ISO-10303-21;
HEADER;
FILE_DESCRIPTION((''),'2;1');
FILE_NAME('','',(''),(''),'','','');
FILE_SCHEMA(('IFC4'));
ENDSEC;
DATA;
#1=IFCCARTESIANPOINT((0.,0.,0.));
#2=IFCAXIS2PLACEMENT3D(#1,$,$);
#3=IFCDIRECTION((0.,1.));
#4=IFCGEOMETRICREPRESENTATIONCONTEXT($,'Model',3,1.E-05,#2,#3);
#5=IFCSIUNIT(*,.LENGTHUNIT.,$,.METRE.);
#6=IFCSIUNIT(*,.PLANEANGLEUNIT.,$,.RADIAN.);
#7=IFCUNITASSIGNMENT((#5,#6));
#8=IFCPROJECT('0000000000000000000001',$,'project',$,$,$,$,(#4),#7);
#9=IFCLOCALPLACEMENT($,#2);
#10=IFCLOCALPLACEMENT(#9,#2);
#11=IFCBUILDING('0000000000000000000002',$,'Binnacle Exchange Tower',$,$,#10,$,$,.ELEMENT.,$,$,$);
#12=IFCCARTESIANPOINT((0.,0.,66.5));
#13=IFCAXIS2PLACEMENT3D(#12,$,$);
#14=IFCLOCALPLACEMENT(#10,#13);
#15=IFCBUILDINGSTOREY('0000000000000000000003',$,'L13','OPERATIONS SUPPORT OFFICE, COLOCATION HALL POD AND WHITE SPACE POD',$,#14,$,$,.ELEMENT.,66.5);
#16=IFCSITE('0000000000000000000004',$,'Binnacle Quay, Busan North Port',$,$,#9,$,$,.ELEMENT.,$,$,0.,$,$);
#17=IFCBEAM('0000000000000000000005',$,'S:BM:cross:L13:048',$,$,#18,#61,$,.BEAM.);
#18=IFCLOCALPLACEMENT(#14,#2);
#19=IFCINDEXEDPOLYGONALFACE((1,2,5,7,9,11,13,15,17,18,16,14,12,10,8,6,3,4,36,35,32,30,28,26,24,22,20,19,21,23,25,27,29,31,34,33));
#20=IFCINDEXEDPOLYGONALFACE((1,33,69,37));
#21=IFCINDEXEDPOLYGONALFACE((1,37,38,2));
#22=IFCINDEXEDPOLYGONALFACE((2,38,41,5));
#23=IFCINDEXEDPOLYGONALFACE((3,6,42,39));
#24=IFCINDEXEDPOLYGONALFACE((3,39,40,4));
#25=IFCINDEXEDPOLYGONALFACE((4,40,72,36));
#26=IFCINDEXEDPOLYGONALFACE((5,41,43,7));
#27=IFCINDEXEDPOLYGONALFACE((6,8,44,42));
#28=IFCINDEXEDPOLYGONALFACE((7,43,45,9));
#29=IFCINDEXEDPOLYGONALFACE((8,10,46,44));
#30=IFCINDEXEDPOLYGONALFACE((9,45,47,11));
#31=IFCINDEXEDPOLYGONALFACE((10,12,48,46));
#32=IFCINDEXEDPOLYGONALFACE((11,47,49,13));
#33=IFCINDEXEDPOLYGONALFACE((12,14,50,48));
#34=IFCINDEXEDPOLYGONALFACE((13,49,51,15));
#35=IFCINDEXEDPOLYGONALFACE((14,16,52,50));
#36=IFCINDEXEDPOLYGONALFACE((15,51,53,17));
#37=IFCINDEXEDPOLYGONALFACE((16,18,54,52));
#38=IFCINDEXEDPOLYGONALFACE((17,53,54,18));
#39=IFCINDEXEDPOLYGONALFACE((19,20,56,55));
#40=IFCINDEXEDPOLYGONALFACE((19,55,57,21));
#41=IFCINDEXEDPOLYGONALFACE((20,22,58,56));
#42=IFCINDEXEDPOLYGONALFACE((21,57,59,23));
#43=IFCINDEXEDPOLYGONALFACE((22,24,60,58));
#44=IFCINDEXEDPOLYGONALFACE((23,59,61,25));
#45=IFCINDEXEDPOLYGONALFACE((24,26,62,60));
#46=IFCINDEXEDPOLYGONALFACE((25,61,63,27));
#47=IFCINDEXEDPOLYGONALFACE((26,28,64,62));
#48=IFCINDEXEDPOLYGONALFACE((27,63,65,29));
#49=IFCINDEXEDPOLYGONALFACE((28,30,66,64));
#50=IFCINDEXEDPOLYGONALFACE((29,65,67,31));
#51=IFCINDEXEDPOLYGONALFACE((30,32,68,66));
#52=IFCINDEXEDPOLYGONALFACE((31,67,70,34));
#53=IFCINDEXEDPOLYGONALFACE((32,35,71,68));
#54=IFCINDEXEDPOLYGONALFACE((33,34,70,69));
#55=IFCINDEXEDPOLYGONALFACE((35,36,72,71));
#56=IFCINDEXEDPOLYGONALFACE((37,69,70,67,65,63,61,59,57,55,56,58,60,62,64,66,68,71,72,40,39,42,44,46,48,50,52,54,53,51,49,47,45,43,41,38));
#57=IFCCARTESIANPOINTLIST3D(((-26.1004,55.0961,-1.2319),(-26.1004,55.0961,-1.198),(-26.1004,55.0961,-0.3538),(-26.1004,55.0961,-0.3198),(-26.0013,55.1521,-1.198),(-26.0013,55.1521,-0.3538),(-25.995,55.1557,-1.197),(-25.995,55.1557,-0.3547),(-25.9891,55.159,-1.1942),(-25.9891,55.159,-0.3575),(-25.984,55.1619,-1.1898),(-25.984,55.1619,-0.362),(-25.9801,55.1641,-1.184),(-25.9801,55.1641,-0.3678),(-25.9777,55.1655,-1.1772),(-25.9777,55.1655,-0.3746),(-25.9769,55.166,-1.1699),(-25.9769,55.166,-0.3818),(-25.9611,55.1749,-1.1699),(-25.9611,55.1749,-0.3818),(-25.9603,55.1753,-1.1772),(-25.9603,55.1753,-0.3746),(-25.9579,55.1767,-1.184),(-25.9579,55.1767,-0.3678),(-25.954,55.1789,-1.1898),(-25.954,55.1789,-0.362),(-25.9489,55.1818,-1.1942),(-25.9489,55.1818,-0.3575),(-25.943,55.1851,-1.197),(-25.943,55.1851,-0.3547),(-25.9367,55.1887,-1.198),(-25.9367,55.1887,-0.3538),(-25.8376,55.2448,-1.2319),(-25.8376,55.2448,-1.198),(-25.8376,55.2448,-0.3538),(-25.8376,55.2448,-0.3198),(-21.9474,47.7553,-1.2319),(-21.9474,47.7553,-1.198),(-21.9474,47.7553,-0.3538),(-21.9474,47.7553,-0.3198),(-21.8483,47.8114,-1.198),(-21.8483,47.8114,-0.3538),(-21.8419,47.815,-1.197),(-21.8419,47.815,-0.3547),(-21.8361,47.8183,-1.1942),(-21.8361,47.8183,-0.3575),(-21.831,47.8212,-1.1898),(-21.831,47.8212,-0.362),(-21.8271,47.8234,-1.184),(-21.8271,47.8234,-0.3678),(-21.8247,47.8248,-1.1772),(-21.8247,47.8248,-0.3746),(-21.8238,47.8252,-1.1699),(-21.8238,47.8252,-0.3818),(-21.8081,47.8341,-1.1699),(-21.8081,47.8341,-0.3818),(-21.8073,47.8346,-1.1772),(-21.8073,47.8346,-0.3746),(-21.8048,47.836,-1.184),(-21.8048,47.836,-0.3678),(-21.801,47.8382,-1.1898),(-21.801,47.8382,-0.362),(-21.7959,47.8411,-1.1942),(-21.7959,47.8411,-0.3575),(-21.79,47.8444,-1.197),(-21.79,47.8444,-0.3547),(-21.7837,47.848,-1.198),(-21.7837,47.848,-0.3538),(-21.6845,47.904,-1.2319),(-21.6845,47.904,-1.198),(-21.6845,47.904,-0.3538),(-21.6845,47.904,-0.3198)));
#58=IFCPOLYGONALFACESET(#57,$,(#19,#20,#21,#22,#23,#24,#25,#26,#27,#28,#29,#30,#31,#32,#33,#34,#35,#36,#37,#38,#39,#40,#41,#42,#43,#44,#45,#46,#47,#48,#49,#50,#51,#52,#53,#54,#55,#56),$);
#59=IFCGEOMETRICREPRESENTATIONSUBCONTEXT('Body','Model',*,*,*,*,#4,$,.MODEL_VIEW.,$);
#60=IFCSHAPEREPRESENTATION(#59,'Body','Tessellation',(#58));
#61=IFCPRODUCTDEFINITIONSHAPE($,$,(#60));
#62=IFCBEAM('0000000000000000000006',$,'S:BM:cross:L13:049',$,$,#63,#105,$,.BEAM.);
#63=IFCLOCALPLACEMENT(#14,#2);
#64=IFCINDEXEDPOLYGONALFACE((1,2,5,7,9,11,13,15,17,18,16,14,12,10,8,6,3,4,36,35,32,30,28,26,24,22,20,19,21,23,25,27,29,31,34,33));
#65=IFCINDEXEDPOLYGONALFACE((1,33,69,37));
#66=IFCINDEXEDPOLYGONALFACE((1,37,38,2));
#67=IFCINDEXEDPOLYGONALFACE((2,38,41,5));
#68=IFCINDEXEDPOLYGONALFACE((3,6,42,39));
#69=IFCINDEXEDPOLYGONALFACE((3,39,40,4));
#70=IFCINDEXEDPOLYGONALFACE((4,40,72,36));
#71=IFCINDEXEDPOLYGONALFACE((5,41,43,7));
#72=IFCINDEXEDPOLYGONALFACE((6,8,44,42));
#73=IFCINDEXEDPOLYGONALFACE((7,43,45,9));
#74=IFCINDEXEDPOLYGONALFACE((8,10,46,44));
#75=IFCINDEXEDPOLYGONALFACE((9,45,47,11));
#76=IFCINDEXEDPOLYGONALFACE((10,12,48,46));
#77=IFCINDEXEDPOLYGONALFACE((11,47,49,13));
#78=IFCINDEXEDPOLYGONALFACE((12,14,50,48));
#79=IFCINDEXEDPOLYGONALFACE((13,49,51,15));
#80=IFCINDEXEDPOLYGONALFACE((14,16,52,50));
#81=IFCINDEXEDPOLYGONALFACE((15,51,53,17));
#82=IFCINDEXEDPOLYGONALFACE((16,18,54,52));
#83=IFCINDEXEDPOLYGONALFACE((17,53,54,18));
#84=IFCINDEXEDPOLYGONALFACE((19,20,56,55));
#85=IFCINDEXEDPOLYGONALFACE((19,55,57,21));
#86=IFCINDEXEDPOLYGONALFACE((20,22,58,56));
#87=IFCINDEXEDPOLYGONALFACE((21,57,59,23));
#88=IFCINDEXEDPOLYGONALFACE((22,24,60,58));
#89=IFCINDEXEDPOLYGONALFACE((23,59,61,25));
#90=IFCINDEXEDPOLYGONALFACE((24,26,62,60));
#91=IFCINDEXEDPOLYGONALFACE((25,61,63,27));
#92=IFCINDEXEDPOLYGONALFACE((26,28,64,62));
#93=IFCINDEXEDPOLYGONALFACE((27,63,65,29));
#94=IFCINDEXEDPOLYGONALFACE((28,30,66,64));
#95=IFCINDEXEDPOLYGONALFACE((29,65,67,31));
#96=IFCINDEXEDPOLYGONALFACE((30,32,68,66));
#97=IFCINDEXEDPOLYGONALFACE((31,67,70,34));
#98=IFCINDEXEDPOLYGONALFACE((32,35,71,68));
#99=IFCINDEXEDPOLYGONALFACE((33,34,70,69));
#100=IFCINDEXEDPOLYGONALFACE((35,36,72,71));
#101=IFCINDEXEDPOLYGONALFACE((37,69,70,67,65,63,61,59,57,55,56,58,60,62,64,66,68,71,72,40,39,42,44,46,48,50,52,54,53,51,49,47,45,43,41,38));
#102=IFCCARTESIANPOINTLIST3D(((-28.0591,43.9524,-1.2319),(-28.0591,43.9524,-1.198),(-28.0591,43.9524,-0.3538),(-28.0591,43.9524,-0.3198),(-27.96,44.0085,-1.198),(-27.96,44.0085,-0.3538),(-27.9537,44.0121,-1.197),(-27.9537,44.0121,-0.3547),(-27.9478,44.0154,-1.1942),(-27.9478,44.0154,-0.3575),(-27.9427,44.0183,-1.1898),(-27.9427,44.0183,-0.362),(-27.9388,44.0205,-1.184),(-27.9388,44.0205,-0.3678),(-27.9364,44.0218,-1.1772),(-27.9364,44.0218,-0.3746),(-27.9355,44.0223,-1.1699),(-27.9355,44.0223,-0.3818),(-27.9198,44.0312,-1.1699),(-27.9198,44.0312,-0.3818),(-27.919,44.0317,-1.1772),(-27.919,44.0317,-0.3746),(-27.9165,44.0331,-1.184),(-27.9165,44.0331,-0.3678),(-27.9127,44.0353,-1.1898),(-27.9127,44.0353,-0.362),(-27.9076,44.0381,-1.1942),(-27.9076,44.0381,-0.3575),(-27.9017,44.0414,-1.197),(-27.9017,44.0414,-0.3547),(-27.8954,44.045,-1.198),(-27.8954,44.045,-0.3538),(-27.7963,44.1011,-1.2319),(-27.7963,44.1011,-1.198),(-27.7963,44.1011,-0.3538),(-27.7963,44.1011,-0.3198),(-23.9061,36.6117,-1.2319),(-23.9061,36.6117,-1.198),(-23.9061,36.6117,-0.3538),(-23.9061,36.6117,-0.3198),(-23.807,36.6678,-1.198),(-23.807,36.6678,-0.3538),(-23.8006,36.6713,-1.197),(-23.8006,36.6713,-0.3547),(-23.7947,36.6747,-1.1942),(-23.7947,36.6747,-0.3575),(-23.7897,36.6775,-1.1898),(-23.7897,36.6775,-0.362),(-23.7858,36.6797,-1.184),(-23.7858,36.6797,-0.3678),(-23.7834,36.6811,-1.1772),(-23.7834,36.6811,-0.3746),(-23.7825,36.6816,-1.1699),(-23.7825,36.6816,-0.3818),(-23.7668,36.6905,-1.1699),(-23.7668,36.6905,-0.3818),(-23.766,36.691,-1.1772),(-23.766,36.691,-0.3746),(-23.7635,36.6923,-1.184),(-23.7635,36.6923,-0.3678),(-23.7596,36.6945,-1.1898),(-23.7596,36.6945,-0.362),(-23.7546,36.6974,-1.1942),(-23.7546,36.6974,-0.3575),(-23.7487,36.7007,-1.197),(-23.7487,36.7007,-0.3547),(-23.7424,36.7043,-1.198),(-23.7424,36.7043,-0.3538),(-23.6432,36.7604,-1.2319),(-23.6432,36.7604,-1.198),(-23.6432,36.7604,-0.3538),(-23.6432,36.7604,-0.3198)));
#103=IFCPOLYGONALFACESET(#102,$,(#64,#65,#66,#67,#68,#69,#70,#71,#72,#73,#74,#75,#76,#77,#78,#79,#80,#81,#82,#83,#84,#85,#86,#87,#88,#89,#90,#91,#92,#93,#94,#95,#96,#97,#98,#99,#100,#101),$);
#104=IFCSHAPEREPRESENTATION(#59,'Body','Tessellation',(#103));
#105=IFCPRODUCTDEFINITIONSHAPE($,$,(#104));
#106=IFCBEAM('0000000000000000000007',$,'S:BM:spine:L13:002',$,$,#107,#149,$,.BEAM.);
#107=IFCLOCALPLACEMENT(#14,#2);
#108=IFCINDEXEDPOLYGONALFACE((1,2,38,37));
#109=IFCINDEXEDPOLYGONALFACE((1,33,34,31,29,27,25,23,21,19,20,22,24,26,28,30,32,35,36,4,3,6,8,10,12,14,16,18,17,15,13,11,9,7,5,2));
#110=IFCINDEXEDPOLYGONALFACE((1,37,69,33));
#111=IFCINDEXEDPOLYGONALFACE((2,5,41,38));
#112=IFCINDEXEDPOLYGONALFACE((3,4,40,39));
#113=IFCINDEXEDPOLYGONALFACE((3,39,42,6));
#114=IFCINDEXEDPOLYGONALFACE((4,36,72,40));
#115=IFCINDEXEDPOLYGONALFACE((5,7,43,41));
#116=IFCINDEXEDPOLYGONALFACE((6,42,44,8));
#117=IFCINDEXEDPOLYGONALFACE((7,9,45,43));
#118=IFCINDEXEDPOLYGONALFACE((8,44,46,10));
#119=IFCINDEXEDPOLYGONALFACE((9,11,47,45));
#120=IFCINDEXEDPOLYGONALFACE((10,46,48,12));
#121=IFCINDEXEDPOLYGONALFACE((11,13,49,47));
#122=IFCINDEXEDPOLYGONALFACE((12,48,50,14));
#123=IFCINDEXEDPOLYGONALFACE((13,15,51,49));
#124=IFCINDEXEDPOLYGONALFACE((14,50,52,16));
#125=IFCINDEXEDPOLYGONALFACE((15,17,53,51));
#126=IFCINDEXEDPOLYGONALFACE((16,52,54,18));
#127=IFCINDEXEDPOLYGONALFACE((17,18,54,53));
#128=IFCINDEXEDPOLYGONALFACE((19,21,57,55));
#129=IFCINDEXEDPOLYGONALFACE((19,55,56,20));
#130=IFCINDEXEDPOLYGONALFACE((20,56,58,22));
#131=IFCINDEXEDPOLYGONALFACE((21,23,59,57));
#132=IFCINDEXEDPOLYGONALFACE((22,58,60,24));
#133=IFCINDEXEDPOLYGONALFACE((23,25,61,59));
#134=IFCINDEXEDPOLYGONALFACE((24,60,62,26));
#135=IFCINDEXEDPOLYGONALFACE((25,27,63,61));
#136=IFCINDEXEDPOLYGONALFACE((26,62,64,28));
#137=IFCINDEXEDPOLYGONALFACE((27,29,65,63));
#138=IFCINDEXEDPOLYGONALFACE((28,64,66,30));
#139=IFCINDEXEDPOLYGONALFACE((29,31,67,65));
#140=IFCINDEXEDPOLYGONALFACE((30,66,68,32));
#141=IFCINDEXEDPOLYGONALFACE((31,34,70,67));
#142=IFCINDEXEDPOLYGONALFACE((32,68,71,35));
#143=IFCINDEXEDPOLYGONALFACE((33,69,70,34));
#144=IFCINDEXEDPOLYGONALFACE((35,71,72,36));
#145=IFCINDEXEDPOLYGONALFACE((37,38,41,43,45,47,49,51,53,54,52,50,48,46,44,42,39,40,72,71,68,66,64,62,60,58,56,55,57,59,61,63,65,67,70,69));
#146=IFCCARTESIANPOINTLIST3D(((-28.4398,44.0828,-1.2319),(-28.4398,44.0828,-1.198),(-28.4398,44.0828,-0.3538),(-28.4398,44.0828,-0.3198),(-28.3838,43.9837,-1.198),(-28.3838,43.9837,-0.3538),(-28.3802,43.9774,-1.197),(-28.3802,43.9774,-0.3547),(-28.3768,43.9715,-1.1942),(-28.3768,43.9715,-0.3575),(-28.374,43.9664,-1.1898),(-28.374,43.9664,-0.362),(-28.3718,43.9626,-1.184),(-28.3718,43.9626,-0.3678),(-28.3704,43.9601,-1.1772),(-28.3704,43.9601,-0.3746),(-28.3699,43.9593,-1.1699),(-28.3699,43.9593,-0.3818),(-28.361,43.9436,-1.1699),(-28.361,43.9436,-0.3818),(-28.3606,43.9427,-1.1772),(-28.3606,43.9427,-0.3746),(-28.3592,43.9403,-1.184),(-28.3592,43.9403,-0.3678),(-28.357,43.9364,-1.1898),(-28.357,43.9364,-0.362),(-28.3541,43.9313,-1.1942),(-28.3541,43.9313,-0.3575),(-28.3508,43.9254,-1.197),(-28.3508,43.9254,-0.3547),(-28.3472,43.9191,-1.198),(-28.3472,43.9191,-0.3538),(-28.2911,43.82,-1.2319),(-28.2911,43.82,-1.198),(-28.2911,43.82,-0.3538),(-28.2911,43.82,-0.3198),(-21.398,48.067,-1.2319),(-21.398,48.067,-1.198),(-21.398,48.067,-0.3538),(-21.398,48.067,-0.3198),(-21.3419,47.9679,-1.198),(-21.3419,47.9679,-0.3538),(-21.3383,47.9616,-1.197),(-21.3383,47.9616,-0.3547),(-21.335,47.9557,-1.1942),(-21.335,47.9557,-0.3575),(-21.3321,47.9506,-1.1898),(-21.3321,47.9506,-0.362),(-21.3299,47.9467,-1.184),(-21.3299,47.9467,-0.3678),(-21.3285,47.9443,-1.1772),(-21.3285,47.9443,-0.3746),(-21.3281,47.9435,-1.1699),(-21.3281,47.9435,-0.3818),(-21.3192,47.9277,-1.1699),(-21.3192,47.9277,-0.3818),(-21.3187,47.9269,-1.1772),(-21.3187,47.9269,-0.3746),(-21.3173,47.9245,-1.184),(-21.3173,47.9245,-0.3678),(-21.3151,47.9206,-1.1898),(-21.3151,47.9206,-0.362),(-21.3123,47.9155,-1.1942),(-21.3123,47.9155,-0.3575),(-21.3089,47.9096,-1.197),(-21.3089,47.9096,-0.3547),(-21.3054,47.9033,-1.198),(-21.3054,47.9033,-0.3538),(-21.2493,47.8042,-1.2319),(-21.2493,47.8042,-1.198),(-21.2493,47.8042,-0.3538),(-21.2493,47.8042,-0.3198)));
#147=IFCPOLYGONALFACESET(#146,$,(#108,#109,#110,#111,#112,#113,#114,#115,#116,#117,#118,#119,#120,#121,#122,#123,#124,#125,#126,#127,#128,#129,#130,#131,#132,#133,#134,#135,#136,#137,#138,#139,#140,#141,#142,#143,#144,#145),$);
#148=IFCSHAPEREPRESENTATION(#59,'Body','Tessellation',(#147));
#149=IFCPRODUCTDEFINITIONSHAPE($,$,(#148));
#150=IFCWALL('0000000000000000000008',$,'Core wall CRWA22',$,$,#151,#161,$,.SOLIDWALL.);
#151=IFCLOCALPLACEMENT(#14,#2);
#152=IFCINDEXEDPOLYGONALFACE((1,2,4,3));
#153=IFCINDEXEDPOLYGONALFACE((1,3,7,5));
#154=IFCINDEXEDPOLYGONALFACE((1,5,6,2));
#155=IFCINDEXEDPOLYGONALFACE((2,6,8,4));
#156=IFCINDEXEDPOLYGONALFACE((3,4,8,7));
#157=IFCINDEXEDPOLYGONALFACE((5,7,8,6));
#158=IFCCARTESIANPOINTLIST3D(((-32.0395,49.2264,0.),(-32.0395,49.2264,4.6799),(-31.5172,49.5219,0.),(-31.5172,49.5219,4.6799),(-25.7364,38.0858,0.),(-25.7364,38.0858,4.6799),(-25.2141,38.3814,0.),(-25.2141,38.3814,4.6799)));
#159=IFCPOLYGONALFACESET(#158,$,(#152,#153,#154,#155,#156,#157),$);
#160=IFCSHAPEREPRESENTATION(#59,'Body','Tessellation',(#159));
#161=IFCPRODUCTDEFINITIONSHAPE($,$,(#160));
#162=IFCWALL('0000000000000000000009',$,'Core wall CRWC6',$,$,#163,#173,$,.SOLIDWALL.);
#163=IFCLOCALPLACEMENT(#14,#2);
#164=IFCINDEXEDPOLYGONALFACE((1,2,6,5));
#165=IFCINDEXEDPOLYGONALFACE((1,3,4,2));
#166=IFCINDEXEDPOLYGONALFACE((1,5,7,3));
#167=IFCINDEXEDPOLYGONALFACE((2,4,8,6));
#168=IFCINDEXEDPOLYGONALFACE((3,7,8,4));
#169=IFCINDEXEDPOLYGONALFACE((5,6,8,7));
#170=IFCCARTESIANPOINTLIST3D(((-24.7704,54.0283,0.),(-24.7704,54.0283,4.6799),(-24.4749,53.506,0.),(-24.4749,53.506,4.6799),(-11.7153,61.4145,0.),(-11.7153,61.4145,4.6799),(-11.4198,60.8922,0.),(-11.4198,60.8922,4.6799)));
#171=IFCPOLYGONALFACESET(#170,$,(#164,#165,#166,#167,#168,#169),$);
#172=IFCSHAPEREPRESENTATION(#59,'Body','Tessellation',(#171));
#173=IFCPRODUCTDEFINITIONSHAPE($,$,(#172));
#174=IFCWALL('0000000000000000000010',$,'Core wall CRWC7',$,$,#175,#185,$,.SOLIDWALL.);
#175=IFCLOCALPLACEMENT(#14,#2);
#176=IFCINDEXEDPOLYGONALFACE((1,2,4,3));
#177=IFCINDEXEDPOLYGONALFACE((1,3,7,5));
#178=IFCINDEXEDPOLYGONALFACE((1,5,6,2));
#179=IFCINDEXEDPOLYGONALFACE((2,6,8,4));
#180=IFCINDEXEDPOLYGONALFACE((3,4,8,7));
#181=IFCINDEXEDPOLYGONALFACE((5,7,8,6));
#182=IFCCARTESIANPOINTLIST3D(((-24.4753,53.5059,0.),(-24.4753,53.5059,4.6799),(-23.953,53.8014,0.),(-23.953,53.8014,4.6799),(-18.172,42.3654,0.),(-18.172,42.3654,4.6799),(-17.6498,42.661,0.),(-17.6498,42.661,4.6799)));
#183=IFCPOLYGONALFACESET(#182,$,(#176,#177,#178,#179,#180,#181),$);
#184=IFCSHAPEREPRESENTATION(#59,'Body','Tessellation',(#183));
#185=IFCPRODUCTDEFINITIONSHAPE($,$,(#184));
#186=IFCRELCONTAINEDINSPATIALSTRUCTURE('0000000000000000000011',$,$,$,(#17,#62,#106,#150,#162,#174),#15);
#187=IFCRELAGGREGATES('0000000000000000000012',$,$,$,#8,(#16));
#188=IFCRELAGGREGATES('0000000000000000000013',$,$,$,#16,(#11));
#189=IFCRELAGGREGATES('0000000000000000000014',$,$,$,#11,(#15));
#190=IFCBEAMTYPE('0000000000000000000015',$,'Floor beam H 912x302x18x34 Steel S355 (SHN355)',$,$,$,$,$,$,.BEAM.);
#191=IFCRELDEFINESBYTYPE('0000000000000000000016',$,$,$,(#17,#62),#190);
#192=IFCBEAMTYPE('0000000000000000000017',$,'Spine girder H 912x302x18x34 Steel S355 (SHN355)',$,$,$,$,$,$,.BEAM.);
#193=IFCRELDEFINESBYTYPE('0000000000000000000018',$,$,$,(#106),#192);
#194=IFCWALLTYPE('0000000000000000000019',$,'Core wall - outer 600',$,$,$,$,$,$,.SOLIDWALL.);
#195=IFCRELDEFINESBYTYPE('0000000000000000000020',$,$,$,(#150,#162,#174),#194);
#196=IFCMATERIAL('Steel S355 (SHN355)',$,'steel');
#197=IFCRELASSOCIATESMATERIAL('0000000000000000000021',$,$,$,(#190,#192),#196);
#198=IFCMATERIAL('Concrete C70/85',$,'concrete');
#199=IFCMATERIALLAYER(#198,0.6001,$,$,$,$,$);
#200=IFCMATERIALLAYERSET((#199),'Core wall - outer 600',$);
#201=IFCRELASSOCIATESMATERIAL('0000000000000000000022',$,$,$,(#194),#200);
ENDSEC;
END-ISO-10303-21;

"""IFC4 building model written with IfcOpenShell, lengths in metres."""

from ifc_helpers import new_model, si_unit, direction, frame, frame_2d, origin, origin_2d, place, context, subcontext, project, spatial, rectangle, i_section, extrude, material, layer, layer_set, material_profile, profile_set, type_object, element, save


model = new_model("IFC4")

# Units and contexts
model_context = context("Model", 3, precision=1e-05, world=origin(), true_north=direction((0.0, 1.0)))
body_context = subcontext(model_context, "Body", "Model", "MODEL_VIEW")
ifc_project = project(units=[si_unit("LENGTHUNIT", "METRE"), si_unit("PLANEANGLEUNIT", "RADIAN")], contexts=[model_context])

# Site, building, storey
site_placement = place(None, origin())
site = spatial("IfcSite", under=ifc_project, at=site_placement, Name="Binnacle Quay, Busan North Port", CompositionType="ELEMENT", RefElevation=0.0)
building_placement = place(site_placement, origin())
building = spatial("IfcBuilding", under=site, at=building_placement, Name="Binnacle Exchange Tower", CompositionType="ELEMENT")
storey_placement = place(building_placement, frame((0.0, 0.0, 66.5)))
storey = spatial("IfcBuildingStorey", under=building, at=storey_placement, Name="L13", Description="OPERATIONS SUPPORT OFFICE, COLOCATION HALL POD AND WHITE SPACE POD", CompositionType="ELEMENT", Elevation=66.5)

# Shared definitions
ifc_material_1 = material(Name="Concrete C70/85", Category="concrete")

# Beams
ifc_material_2 = material(Name="Steel S355 (SHN355)", Category="steel")
ifc_material_profile_1 = material_profile(ifc_material_2, i_section(OverallWidth=0.302, OverallDepth=0.9121, WebThickness=0.0181, FlangeThickness=0.0339, FilletRadius=0.0281, at=origin_2d()), Name="H 912x302x18x34")
ifc_profile_set_1 = profile_set([ifc_material_profile_1], Name="Steel S355 (SHN355)")
beam_type_1 = type_object("IfcBeamType", Name="Floor beam H 912x302x18x34 Steel S355 (SHN355)", PredefinedType="BEAM", material=ifc_profile_set_1)
for number, where, z_axis, x_axis, name in (
    (1, (-25.969, 55.1704, -0.7759), (0.492409, -0.870364, 0.0), (0.870364, 0.492409, 0.0), "S:BM:cross:L13:048"),
    (2, (-23.7747, 36.686, -0.7759), (-0.492409, 0.870364, 0.0), (-0.870364, -0.492409, 0.0), "S:BM:cross:L13:049"),
):
    element("IfcBeam", number, at=place(storey_placement, frame(where, z_axis=z_axis, x_axis=x_axis)), inside=storey, type_object=beam_type_1, Name=name, PredefinedType="BEAM", context=body_context, shape_type="SweptSolid", body=[
        extrude(i_section(OverallWidth=0.302, OverallDepth=0.9121, WebThickness=0.0181, FlangeThickness=0.0339, FilletRadius=0.0281, at=origin_2d()), origin(), (0.0, 0.0, 1.0), 8.4341),
    ])
ifc_material_profile_2 = material_profile(ifc_material_2, i_section(OverallWidth=0.302, OverallDepth=0.9121, WebThickness=0.0181, FlangeThickness=0.0339, FilletRadius=0.0281, at=origin_2d()), Name="H 912x302x18x34")
ifc_profile_set_2 = profile_set([ifc_material_profile_2], Name="Steel S355 (SHN355)")
beam_type_2 = type_object("IfcBeamType", Name="Spine girder H 912x302x18x34 Steel S355 (SHN355)", PredefinedType="BEAM", material=ifc_profile_set_2)
beam_1_placement = place(storey_placement, frame((-28.3655, 43.9514, -0.7759), z_axis=(0.87035, 0.492433, 0.0), x_axis=(-0.492433, 0.87035, 0.0)))
element("IfcBeam", 3, at=beam_1_placement, inside=storey, type_object=beam_type_2, Name="S:BM:spine:L13:002", PredefinedType="BEAM", context=body_context, shape_type="SweptSolid", body=[
    extrude(i_section(OverallWidth=0.302, OverallDepth=0.9121, WebThickness=0.0181, FlangeThickness=0.0339, FilletRadius=0.0281, at=origin_2d()), origin(), (0.0, 0.0, 1.0), 8.0908),
])

# Walls
ifc_layer_1 = layer(ifc_material_1, 0.6001)
ifc_layer_set_1 = layer_set([ifc_layer_1], Name="Core wall - outer 600")
wall_type_1 = type_object("IfcWallType", Name="Core wall - outer 600", PredefinedType="SOLIDWALL", material=ifc_layer_set_1)
wall_1_placement = place(storey_placement, frame((-31.7783, 49.374, 0.0), z_axis=(0.0, 0.0, 1.0), x_axis=(0.492433, -0.87035, 0.0)))
element("IfcWall", 4, at=wall_1_placement, inside=storey, type_object=wall_type_1, Name="Core wall CRWA22", PredefinedType="SOLIDWALL", context=body_context, shape_type="SweptSolid", body=[
    extrude(rectangle(XDim=12.8, YDim=0.6001, at=frame_2d((6.3999, 0.0))), origin(), (0.0, 0.0, 1.0), 4.6799),
])
wall_2_placement = place(storey_placement, frame((-24.6228, 53.7671, 0.0), z_axis=(0.0, 0.0, 1.0), x_axis=(0.870357, 0.492422, 0.0)))
element("IfcWall", 5, at=wall_2_placement, inside=storey, type_object=wall_type_1, Name="Core wall CRWC6", PredefinedType="SOLIDWALL", context=body_context, shape_type="SweptSolid", body=[
    extrude(rectangle(XDim=14.9998, YDim=0.6001, at=frame_2d((7.5, 0.0))), origin(), (0.0, 0.0, 1.0), 4.6799),
])
wall_3_placement = place(storey_placement, frame((-24.2141, 53.6536, 0.0), z_axis=(0.0, 0.0, 1.0), x_axis=(0.492441, -0.870346, 0.0)))
element("IfcWall", 6, at=wall_3_placement, inside=storey, type_object=wall_type_1, Name="Core wall CRWC7", PredefinedType="SOLIDWALL", context=body_context, shape_type="SweptSolid", body=[
    extrude(rectangle(XDim=12.8, YDim=0.6001, at=frame_2d((6.3999, 0.0))), origin(), (0.0, 0.0, 1.0), 4.6799),
])

save(model, "model.ifc")
